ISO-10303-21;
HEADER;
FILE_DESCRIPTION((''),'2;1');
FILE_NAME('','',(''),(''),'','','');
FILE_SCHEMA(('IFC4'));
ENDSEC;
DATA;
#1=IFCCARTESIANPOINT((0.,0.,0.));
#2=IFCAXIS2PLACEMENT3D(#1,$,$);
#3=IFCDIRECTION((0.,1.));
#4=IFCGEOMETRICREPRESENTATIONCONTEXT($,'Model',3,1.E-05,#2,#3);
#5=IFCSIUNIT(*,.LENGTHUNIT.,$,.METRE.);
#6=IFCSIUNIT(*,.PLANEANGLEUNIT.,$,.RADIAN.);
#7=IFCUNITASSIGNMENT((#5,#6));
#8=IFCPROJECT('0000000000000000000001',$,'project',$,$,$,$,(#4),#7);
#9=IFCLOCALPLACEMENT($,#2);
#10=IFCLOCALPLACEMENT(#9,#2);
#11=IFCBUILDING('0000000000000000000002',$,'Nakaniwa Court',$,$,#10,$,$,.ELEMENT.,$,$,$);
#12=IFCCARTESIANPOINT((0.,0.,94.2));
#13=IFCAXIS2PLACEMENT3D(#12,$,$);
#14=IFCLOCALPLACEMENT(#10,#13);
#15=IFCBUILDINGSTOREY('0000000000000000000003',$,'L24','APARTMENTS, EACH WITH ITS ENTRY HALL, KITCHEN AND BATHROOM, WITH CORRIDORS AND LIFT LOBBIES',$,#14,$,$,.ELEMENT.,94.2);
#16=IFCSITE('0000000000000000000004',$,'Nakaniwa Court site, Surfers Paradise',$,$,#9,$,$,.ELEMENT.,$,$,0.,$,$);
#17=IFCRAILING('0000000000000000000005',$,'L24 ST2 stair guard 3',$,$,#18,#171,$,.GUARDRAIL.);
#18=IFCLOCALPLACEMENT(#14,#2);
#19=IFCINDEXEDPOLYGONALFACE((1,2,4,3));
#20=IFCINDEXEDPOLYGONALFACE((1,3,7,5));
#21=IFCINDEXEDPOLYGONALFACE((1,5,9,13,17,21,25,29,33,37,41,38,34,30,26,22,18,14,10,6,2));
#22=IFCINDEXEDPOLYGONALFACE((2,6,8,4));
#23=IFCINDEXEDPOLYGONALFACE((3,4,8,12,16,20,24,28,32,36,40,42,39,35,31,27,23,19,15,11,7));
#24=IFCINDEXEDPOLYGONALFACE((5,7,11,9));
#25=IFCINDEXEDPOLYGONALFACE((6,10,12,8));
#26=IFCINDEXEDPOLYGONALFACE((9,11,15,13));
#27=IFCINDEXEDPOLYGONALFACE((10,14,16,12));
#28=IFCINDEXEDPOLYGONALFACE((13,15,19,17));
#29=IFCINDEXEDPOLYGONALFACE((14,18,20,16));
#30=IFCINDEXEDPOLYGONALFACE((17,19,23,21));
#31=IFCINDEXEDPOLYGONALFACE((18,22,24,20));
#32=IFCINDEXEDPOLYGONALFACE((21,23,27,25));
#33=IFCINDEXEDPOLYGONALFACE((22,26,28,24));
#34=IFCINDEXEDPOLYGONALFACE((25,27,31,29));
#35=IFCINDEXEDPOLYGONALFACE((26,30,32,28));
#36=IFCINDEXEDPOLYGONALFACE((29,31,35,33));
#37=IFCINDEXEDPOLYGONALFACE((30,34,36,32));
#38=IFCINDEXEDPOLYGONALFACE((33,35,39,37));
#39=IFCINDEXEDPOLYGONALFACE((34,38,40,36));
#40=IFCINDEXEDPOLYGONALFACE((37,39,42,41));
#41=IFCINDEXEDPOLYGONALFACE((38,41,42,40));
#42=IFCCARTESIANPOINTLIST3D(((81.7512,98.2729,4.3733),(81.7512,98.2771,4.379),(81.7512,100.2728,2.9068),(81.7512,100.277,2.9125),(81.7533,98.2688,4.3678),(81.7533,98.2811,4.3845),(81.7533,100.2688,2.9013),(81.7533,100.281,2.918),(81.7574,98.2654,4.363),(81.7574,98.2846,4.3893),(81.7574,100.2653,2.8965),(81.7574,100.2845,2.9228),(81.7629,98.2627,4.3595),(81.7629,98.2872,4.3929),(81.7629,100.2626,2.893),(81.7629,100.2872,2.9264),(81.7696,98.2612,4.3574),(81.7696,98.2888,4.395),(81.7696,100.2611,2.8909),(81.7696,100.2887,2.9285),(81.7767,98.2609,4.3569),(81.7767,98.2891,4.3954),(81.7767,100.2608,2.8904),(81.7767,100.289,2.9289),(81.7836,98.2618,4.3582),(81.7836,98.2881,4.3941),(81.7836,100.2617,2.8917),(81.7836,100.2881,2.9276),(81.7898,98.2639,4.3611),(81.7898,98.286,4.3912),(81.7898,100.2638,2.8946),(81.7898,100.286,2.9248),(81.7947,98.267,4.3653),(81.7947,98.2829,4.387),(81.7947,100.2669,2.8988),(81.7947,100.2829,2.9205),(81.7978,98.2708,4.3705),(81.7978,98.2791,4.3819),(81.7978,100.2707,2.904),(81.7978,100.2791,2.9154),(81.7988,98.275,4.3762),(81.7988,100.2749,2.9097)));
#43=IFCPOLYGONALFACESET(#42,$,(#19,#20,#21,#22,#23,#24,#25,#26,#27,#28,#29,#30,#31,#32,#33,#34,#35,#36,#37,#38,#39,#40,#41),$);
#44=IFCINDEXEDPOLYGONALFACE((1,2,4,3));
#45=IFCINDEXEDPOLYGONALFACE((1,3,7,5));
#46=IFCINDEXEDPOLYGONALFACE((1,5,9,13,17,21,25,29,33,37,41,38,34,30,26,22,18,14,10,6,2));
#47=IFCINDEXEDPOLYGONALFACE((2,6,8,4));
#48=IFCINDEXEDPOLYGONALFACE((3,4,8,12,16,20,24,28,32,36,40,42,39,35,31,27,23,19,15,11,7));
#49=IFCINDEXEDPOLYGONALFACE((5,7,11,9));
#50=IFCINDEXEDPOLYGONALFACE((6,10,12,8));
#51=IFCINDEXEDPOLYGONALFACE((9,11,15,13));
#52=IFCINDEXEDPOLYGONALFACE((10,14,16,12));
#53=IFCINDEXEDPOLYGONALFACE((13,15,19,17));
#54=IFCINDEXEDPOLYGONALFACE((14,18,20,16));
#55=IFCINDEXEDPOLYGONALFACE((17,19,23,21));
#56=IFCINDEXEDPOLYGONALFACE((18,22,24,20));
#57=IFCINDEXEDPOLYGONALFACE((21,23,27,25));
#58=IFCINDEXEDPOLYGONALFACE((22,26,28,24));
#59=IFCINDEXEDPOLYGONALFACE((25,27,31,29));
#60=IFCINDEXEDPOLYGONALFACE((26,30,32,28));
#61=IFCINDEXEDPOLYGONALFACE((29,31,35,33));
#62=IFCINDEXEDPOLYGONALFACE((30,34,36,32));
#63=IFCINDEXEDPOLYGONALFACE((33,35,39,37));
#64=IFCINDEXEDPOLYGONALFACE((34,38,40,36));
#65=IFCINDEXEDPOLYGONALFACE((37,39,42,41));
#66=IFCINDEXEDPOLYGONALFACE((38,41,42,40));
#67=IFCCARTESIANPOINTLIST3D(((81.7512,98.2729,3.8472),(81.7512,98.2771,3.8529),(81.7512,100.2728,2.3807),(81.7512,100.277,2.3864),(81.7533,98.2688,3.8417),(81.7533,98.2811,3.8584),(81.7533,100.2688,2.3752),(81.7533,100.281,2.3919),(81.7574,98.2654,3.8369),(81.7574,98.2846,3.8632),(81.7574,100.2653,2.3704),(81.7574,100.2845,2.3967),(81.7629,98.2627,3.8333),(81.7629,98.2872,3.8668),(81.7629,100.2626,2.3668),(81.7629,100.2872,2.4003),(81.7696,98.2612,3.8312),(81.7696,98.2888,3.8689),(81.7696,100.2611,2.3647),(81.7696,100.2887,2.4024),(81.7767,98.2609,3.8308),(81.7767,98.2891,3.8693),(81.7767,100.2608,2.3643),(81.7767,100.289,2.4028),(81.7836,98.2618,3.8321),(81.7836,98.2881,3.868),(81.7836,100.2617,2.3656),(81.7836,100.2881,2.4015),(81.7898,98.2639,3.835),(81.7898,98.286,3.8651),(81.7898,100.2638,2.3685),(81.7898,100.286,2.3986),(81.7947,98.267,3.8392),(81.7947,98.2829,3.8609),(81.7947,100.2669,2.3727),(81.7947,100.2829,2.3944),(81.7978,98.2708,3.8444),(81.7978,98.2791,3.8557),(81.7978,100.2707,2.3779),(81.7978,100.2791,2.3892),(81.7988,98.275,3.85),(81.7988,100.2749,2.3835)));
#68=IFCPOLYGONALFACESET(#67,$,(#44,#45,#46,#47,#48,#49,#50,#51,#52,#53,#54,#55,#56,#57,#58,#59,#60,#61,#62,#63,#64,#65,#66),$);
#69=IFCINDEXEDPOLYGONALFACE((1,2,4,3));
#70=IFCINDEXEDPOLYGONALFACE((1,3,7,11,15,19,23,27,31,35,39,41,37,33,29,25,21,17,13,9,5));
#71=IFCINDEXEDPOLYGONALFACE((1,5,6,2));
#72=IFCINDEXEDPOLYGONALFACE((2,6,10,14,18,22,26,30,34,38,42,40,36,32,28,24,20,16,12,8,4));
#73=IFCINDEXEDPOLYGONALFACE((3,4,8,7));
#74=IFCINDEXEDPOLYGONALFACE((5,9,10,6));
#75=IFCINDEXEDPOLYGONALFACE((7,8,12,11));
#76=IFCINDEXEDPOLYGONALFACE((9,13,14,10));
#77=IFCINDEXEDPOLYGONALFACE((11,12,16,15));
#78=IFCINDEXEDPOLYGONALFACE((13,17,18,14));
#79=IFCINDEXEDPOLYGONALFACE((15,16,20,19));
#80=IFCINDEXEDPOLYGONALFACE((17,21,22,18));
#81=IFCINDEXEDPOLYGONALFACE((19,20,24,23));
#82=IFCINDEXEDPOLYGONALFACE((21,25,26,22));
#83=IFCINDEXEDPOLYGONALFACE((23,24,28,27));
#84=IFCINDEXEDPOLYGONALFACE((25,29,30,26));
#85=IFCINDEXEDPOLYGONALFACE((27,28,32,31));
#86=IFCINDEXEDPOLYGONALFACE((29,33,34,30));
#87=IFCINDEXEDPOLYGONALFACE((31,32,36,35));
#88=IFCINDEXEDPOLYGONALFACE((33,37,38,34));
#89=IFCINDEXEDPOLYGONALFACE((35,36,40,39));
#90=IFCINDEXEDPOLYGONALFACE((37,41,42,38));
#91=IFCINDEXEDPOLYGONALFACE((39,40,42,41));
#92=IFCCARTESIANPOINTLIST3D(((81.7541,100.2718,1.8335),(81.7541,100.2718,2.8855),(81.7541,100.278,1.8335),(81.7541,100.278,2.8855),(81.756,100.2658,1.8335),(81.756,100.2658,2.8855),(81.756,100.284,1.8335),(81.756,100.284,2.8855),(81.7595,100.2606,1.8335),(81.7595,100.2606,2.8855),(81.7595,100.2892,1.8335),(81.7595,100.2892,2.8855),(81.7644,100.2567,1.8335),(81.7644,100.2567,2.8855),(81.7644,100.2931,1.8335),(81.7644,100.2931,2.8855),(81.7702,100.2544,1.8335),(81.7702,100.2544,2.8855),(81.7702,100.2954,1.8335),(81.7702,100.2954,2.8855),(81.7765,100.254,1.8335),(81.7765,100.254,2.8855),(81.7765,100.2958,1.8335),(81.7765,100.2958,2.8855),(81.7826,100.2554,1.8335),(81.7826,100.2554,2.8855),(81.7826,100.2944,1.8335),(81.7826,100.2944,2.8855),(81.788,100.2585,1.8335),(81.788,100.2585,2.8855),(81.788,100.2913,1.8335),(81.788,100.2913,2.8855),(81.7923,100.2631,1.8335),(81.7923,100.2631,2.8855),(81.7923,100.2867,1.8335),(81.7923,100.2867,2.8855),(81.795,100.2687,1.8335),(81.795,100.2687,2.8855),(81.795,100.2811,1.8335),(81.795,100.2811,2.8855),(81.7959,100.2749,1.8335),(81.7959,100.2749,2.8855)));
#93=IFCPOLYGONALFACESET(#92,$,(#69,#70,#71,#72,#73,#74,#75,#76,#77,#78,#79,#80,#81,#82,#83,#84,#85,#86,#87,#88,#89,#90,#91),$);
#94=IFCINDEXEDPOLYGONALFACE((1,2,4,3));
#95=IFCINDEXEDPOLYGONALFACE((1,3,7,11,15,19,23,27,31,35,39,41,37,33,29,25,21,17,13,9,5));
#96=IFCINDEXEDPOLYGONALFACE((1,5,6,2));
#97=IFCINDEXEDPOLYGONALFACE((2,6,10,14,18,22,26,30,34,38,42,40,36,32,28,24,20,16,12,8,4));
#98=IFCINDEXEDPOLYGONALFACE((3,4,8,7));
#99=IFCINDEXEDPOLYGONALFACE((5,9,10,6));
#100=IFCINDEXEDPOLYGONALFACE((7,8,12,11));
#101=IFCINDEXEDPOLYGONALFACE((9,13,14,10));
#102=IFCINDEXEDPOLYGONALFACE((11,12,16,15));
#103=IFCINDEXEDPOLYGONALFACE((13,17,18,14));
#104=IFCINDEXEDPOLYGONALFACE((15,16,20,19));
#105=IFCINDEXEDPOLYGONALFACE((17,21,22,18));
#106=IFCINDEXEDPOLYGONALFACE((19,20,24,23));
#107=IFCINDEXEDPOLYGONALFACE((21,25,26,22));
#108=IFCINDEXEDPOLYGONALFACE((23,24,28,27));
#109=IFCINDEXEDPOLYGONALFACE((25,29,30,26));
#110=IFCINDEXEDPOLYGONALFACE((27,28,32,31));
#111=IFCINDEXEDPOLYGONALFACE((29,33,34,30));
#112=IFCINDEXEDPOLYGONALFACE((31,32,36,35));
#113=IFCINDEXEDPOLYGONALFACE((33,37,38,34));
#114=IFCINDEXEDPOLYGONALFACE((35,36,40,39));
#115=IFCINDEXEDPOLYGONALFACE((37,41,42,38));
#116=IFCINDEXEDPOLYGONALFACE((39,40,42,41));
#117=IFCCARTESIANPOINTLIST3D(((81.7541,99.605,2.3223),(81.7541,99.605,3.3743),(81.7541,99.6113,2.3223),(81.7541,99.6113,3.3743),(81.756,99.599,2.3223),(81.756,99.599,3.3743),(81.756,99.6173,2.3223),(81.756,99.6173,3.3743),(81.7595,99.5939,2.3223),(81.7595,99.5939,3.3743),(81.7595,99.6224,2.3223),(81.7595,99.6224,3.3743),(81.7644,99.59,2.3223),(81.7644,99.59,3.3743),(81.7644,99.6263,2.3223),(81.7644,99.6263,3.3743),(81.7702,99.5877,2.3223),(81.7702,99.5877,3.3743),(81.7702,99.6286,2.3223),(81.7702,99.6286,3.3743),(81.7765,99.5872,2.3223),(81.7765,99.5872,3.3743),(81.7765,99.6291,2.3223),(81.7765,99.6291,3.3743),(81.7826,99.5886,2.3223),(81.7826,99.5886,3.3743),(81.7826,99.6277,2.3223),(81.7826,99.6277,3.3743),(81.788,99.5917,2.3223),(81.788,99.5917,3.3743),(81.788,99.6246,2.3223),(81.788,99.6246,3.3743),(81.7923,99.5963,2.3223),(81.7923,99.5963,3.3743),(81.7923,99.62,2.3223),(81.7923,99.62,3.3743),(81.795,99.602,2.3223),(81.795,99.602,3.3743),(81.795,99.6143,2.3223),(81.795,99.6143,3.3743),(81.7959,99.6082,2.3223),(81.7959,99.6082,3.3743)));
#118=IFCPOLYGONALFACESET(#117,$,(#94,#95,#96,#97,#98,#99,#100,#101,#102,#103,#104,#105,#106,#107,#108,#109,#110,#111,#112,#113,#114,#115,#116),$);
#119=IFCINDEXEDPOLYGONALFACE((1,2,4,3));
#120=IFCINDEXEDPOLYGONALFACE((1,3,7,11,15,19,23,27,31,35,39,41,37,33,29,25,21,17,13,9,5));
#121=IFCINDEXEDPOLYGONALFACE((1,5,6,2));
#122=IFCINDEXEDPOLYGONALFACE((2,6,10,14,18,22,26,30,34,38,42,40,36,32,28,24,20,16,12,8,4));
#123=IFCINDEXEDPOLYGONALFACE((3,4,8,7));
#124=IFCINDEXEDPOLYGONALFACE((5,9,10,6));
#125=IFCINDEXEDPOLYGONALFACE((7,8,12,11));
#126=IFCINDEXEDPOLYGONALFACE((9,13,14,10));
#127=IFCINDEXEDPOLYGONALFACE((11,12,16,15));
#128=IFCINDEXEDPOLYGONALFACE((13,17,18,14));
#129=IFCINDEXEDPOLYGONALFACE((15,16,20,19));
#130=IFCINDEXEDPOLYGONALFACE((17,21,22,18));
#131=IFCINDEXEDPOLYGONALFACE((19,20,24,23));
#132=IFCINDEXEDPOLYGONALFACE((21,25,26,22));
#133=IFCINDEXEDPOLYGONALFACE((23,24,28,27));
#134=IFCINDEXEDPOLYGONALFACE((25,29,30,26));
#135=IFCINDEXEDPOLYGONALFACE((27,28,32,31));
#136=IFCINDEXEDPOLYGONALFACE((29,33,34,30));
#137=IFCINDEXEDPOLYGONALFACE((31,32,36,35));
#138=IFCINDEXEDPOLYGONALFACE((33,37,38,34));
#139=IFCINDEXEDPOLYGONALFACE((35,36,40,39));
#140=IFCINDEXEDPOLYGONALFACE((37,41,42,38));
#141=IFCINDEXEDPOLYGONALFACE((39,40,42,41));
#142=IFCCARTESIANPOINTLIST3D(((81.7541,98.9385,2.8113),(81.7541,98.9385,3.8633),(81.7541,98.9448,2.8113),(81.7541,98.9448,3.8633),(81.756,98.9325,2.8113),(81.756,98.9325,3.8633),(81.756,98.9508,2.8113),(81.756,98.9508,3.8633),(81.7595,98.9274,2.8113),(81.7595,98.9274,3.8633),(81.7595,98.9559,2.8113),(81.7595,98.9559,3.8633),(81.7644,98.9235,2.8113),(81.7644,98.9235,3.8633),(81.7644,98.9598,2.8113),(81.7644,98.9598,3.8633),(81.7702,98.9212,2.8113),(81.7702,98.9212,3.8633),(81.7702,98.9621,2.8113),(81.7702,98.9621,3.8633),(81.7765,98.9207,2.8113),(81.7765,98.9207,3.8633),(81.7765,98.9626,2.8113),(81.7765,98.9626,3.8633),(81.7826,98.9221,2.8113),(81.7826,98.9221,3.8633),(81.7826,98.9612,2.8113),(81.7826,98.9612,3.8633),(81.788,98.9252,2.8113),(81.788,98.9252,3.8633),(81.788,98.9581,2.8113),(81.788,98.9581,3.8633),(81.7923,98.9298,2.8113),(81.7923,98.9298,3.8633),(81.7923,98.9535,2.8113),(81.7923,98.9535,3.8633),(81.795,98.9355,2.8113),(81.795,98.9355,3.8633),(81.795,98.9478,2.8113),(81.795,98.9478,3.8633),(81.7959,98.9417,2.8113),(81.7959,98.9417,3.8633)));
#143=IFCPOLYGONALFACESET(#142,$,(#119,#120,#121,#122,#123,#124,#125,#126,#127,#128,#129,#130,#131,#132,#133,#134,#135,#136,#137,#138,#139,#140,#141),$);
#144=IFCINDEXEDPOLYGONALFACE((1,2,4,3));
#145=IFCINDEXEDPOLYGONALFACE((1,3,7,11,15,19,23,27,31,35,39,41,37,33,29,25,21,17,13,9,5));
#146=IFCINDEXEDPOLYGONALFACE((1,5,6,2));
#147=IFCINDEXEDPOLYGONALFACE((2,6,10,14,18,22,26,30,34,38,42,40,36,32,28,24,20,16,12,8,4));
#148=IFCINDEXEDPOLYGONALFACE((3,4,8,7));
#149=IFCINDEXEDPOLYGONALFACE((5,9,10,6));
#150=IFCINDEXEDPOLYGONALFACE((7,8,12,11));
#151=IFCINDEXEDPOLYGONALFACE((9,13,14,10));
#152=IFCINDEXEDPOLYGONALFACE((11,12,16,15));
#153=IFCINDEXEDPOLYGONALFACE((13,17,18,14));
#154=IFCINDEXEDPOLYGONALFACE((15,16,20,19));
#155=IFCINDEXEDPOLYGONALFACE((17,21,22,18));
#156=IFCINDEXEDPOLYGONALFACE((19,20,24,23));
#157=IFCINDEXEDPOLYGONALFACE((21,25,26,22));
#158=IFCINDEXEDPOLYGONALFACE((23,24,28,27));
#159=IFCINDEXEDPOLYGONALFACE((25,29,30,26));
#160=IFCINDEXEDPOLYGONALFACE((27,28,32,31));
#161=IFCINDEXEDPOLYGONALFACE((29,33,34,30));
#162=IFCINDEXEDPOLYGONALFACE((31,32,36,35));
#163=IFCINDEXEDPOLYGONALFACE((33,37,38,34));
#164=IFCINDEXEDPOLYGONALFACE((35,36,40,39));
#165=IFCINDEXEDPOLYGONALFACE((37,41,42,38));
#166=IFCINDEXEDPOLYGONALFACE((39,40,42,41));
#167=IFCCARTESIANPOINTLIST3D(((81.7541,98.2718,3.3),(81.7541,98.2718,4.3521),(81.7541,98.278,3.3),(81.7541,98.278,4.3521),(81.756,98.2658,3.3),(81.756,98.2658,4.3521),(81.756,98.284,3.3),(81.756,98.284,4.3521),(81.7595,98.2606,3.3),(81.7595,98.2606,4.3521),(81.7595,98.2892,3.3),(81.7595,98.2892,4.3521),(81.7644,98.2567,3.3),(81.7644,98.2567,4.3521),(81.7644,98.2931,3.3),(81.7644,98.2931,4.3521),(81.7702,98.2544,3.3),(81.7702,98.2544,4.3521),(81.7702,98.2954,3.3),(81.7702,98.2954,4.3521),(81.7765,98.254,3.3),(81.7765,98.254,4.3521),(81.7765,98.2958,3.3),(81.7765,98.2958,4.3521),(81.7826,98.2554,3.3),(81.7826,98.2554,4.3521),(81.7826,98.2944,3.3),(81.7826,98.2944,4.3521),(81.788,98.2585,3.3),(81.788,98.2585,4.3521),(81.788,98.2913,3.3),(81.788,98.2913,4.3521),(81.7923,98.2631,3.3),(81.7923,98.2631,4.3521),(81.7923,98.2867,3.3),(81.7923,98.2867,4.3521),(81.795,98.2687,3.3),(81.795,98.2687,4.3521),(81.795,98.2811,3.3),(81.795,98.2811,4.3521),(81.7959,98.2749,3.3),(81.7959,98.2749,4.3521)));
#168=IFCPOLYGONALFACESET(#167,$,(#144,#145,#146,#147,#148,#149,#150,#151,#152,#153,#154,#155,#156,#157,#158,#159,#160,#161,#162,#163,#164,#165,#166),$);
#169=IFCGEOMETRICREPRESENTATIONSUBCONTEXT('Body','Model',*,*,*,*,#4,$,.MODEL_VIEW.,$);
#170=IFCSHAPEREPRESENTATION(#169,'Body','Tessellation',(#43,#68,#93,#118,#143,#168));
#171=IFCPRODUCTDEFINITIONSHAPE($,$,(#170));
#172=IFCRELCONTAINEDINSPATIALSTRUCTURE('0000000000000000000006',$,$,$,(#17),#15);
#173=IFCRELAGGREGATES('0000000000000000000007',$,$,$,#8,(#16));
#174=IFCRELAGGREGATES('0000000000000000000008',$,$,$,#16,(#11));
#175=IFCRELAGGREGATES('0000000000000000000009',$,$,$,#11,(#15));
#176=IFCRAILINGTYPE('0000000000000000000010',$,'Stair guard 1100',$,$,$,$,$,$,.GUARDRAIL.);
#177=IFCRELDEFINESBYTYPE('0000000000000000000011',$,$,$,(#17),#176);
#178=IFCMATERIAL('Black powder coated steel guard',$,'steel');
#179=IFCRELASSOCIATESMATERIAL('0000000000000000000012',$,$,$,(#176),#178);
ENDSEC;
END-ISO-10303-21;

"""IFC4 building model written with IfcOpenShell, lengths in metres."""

from ifc_helpers import new_model, si_unit, direction, frame, origin, origin_2d, place, context, subcontext, project, spatial, circle, extrude, material, type_object, element, save


model = new_model("IFC4")

# Units and contexts
model_context = context("Model", 3, precision=1e-05, world=origin(), true_north=direction((0.0, 1.0)))
body_context = subcontext(model_context, "Body", "Model", "MODEL_VIEW")
ifc_project = project(units=[si_unit("LENGTHUNIT", "METRE"), si_unit("PLANEANGLEUNIT", "RADIAN")], contexts=[model_context])

# Site, building, storey
site_placement = place(None, origin())
site = spatial("IfcSite", under=ifc_project, at=site_placement, Name="Nakaniwa Court site, Surfers Paradise", CompositionType="ELEMENT", RefElevation=0.0)
building_placement = place(site_placement, origin())
building = spatial("IfcBuilding", under=site, at=building_placement, Name="Nakaniwa Court", CompositionType="ELEMENT")
storey_placement = place(building_placement, frame((0.0, 0.0, 94.2)))
storey = spatial("IfcBuildingStorey", under=building, at=storey_placement, Name="L24", Description="APARTMENTS, EACH WITH ITS ENTRY HALL, KITCHEN AND BATHROOM, WITH CORRIDORS AND LIFT LOBBIES", CompositionType="ELEMENT", Elevation=94.2)

# Railing
ifc_material_1 = material(Name="Black powder coated steel guard", Category="steel")
railing_type_1 = type_object("IfcRailingType", Name="Stair guard 1100", PredefinedType="GUARDRAIL", material=ifc_material_1)
railing_1_placement = place(storey_placement, frame((81.7749, 100.2749, 1.8335)))
element("IfcRailing", 1, at=railing_1_placement, inside=storey, type_object=railing_type_1, Name="L24 ST2 stair guard 3", PredefinedType="GUARDRAIL", context=body_context, shape_type="SweptSolid", body=[
    extrude(circle(Radius=0.0239, at=origin_2d()), frame((0.0, 0.0, 1.0762), z_axis=(0.0, -0.806427, 0.591334), x_axis=(1.0, 0.0, 0.0)), (0.0, 0.0, 1.0), 2.48),
    extrude(circle(Radius=0.0239, at=origin_2d()), frame((0.0, 0.0, 0.55), z_axis=(0.0, -0.806427, 0.591334), x_axis=(1.0, 0.0, 0.0)), (0.0, 0.0, 1.0), 2.48),
    extrude(circle(Radius=0.021, at=origin_2d()), origin(), (0.0, 0.0, 1.0), 1.052),
    extrude(circle(Radius=0.021, at=origin_2d()), frame((0.0, -0.6667, 0.4888)), (0.0, 0.0, 1.0), 1.052),
    extrude(circle(Radius=0.021, at=origin_2d()), frame((0.0, -1.3333, 0.9778)), (0.0, 0.0, 1.0), 1.052),
    extrude(circle(Radius=0.021, at=origin_2d()), frame((0.0, -2.0, 1.4666)), (0.0, 0.0, 1.0), 1.052),
])

save(model, "model.ifc")
